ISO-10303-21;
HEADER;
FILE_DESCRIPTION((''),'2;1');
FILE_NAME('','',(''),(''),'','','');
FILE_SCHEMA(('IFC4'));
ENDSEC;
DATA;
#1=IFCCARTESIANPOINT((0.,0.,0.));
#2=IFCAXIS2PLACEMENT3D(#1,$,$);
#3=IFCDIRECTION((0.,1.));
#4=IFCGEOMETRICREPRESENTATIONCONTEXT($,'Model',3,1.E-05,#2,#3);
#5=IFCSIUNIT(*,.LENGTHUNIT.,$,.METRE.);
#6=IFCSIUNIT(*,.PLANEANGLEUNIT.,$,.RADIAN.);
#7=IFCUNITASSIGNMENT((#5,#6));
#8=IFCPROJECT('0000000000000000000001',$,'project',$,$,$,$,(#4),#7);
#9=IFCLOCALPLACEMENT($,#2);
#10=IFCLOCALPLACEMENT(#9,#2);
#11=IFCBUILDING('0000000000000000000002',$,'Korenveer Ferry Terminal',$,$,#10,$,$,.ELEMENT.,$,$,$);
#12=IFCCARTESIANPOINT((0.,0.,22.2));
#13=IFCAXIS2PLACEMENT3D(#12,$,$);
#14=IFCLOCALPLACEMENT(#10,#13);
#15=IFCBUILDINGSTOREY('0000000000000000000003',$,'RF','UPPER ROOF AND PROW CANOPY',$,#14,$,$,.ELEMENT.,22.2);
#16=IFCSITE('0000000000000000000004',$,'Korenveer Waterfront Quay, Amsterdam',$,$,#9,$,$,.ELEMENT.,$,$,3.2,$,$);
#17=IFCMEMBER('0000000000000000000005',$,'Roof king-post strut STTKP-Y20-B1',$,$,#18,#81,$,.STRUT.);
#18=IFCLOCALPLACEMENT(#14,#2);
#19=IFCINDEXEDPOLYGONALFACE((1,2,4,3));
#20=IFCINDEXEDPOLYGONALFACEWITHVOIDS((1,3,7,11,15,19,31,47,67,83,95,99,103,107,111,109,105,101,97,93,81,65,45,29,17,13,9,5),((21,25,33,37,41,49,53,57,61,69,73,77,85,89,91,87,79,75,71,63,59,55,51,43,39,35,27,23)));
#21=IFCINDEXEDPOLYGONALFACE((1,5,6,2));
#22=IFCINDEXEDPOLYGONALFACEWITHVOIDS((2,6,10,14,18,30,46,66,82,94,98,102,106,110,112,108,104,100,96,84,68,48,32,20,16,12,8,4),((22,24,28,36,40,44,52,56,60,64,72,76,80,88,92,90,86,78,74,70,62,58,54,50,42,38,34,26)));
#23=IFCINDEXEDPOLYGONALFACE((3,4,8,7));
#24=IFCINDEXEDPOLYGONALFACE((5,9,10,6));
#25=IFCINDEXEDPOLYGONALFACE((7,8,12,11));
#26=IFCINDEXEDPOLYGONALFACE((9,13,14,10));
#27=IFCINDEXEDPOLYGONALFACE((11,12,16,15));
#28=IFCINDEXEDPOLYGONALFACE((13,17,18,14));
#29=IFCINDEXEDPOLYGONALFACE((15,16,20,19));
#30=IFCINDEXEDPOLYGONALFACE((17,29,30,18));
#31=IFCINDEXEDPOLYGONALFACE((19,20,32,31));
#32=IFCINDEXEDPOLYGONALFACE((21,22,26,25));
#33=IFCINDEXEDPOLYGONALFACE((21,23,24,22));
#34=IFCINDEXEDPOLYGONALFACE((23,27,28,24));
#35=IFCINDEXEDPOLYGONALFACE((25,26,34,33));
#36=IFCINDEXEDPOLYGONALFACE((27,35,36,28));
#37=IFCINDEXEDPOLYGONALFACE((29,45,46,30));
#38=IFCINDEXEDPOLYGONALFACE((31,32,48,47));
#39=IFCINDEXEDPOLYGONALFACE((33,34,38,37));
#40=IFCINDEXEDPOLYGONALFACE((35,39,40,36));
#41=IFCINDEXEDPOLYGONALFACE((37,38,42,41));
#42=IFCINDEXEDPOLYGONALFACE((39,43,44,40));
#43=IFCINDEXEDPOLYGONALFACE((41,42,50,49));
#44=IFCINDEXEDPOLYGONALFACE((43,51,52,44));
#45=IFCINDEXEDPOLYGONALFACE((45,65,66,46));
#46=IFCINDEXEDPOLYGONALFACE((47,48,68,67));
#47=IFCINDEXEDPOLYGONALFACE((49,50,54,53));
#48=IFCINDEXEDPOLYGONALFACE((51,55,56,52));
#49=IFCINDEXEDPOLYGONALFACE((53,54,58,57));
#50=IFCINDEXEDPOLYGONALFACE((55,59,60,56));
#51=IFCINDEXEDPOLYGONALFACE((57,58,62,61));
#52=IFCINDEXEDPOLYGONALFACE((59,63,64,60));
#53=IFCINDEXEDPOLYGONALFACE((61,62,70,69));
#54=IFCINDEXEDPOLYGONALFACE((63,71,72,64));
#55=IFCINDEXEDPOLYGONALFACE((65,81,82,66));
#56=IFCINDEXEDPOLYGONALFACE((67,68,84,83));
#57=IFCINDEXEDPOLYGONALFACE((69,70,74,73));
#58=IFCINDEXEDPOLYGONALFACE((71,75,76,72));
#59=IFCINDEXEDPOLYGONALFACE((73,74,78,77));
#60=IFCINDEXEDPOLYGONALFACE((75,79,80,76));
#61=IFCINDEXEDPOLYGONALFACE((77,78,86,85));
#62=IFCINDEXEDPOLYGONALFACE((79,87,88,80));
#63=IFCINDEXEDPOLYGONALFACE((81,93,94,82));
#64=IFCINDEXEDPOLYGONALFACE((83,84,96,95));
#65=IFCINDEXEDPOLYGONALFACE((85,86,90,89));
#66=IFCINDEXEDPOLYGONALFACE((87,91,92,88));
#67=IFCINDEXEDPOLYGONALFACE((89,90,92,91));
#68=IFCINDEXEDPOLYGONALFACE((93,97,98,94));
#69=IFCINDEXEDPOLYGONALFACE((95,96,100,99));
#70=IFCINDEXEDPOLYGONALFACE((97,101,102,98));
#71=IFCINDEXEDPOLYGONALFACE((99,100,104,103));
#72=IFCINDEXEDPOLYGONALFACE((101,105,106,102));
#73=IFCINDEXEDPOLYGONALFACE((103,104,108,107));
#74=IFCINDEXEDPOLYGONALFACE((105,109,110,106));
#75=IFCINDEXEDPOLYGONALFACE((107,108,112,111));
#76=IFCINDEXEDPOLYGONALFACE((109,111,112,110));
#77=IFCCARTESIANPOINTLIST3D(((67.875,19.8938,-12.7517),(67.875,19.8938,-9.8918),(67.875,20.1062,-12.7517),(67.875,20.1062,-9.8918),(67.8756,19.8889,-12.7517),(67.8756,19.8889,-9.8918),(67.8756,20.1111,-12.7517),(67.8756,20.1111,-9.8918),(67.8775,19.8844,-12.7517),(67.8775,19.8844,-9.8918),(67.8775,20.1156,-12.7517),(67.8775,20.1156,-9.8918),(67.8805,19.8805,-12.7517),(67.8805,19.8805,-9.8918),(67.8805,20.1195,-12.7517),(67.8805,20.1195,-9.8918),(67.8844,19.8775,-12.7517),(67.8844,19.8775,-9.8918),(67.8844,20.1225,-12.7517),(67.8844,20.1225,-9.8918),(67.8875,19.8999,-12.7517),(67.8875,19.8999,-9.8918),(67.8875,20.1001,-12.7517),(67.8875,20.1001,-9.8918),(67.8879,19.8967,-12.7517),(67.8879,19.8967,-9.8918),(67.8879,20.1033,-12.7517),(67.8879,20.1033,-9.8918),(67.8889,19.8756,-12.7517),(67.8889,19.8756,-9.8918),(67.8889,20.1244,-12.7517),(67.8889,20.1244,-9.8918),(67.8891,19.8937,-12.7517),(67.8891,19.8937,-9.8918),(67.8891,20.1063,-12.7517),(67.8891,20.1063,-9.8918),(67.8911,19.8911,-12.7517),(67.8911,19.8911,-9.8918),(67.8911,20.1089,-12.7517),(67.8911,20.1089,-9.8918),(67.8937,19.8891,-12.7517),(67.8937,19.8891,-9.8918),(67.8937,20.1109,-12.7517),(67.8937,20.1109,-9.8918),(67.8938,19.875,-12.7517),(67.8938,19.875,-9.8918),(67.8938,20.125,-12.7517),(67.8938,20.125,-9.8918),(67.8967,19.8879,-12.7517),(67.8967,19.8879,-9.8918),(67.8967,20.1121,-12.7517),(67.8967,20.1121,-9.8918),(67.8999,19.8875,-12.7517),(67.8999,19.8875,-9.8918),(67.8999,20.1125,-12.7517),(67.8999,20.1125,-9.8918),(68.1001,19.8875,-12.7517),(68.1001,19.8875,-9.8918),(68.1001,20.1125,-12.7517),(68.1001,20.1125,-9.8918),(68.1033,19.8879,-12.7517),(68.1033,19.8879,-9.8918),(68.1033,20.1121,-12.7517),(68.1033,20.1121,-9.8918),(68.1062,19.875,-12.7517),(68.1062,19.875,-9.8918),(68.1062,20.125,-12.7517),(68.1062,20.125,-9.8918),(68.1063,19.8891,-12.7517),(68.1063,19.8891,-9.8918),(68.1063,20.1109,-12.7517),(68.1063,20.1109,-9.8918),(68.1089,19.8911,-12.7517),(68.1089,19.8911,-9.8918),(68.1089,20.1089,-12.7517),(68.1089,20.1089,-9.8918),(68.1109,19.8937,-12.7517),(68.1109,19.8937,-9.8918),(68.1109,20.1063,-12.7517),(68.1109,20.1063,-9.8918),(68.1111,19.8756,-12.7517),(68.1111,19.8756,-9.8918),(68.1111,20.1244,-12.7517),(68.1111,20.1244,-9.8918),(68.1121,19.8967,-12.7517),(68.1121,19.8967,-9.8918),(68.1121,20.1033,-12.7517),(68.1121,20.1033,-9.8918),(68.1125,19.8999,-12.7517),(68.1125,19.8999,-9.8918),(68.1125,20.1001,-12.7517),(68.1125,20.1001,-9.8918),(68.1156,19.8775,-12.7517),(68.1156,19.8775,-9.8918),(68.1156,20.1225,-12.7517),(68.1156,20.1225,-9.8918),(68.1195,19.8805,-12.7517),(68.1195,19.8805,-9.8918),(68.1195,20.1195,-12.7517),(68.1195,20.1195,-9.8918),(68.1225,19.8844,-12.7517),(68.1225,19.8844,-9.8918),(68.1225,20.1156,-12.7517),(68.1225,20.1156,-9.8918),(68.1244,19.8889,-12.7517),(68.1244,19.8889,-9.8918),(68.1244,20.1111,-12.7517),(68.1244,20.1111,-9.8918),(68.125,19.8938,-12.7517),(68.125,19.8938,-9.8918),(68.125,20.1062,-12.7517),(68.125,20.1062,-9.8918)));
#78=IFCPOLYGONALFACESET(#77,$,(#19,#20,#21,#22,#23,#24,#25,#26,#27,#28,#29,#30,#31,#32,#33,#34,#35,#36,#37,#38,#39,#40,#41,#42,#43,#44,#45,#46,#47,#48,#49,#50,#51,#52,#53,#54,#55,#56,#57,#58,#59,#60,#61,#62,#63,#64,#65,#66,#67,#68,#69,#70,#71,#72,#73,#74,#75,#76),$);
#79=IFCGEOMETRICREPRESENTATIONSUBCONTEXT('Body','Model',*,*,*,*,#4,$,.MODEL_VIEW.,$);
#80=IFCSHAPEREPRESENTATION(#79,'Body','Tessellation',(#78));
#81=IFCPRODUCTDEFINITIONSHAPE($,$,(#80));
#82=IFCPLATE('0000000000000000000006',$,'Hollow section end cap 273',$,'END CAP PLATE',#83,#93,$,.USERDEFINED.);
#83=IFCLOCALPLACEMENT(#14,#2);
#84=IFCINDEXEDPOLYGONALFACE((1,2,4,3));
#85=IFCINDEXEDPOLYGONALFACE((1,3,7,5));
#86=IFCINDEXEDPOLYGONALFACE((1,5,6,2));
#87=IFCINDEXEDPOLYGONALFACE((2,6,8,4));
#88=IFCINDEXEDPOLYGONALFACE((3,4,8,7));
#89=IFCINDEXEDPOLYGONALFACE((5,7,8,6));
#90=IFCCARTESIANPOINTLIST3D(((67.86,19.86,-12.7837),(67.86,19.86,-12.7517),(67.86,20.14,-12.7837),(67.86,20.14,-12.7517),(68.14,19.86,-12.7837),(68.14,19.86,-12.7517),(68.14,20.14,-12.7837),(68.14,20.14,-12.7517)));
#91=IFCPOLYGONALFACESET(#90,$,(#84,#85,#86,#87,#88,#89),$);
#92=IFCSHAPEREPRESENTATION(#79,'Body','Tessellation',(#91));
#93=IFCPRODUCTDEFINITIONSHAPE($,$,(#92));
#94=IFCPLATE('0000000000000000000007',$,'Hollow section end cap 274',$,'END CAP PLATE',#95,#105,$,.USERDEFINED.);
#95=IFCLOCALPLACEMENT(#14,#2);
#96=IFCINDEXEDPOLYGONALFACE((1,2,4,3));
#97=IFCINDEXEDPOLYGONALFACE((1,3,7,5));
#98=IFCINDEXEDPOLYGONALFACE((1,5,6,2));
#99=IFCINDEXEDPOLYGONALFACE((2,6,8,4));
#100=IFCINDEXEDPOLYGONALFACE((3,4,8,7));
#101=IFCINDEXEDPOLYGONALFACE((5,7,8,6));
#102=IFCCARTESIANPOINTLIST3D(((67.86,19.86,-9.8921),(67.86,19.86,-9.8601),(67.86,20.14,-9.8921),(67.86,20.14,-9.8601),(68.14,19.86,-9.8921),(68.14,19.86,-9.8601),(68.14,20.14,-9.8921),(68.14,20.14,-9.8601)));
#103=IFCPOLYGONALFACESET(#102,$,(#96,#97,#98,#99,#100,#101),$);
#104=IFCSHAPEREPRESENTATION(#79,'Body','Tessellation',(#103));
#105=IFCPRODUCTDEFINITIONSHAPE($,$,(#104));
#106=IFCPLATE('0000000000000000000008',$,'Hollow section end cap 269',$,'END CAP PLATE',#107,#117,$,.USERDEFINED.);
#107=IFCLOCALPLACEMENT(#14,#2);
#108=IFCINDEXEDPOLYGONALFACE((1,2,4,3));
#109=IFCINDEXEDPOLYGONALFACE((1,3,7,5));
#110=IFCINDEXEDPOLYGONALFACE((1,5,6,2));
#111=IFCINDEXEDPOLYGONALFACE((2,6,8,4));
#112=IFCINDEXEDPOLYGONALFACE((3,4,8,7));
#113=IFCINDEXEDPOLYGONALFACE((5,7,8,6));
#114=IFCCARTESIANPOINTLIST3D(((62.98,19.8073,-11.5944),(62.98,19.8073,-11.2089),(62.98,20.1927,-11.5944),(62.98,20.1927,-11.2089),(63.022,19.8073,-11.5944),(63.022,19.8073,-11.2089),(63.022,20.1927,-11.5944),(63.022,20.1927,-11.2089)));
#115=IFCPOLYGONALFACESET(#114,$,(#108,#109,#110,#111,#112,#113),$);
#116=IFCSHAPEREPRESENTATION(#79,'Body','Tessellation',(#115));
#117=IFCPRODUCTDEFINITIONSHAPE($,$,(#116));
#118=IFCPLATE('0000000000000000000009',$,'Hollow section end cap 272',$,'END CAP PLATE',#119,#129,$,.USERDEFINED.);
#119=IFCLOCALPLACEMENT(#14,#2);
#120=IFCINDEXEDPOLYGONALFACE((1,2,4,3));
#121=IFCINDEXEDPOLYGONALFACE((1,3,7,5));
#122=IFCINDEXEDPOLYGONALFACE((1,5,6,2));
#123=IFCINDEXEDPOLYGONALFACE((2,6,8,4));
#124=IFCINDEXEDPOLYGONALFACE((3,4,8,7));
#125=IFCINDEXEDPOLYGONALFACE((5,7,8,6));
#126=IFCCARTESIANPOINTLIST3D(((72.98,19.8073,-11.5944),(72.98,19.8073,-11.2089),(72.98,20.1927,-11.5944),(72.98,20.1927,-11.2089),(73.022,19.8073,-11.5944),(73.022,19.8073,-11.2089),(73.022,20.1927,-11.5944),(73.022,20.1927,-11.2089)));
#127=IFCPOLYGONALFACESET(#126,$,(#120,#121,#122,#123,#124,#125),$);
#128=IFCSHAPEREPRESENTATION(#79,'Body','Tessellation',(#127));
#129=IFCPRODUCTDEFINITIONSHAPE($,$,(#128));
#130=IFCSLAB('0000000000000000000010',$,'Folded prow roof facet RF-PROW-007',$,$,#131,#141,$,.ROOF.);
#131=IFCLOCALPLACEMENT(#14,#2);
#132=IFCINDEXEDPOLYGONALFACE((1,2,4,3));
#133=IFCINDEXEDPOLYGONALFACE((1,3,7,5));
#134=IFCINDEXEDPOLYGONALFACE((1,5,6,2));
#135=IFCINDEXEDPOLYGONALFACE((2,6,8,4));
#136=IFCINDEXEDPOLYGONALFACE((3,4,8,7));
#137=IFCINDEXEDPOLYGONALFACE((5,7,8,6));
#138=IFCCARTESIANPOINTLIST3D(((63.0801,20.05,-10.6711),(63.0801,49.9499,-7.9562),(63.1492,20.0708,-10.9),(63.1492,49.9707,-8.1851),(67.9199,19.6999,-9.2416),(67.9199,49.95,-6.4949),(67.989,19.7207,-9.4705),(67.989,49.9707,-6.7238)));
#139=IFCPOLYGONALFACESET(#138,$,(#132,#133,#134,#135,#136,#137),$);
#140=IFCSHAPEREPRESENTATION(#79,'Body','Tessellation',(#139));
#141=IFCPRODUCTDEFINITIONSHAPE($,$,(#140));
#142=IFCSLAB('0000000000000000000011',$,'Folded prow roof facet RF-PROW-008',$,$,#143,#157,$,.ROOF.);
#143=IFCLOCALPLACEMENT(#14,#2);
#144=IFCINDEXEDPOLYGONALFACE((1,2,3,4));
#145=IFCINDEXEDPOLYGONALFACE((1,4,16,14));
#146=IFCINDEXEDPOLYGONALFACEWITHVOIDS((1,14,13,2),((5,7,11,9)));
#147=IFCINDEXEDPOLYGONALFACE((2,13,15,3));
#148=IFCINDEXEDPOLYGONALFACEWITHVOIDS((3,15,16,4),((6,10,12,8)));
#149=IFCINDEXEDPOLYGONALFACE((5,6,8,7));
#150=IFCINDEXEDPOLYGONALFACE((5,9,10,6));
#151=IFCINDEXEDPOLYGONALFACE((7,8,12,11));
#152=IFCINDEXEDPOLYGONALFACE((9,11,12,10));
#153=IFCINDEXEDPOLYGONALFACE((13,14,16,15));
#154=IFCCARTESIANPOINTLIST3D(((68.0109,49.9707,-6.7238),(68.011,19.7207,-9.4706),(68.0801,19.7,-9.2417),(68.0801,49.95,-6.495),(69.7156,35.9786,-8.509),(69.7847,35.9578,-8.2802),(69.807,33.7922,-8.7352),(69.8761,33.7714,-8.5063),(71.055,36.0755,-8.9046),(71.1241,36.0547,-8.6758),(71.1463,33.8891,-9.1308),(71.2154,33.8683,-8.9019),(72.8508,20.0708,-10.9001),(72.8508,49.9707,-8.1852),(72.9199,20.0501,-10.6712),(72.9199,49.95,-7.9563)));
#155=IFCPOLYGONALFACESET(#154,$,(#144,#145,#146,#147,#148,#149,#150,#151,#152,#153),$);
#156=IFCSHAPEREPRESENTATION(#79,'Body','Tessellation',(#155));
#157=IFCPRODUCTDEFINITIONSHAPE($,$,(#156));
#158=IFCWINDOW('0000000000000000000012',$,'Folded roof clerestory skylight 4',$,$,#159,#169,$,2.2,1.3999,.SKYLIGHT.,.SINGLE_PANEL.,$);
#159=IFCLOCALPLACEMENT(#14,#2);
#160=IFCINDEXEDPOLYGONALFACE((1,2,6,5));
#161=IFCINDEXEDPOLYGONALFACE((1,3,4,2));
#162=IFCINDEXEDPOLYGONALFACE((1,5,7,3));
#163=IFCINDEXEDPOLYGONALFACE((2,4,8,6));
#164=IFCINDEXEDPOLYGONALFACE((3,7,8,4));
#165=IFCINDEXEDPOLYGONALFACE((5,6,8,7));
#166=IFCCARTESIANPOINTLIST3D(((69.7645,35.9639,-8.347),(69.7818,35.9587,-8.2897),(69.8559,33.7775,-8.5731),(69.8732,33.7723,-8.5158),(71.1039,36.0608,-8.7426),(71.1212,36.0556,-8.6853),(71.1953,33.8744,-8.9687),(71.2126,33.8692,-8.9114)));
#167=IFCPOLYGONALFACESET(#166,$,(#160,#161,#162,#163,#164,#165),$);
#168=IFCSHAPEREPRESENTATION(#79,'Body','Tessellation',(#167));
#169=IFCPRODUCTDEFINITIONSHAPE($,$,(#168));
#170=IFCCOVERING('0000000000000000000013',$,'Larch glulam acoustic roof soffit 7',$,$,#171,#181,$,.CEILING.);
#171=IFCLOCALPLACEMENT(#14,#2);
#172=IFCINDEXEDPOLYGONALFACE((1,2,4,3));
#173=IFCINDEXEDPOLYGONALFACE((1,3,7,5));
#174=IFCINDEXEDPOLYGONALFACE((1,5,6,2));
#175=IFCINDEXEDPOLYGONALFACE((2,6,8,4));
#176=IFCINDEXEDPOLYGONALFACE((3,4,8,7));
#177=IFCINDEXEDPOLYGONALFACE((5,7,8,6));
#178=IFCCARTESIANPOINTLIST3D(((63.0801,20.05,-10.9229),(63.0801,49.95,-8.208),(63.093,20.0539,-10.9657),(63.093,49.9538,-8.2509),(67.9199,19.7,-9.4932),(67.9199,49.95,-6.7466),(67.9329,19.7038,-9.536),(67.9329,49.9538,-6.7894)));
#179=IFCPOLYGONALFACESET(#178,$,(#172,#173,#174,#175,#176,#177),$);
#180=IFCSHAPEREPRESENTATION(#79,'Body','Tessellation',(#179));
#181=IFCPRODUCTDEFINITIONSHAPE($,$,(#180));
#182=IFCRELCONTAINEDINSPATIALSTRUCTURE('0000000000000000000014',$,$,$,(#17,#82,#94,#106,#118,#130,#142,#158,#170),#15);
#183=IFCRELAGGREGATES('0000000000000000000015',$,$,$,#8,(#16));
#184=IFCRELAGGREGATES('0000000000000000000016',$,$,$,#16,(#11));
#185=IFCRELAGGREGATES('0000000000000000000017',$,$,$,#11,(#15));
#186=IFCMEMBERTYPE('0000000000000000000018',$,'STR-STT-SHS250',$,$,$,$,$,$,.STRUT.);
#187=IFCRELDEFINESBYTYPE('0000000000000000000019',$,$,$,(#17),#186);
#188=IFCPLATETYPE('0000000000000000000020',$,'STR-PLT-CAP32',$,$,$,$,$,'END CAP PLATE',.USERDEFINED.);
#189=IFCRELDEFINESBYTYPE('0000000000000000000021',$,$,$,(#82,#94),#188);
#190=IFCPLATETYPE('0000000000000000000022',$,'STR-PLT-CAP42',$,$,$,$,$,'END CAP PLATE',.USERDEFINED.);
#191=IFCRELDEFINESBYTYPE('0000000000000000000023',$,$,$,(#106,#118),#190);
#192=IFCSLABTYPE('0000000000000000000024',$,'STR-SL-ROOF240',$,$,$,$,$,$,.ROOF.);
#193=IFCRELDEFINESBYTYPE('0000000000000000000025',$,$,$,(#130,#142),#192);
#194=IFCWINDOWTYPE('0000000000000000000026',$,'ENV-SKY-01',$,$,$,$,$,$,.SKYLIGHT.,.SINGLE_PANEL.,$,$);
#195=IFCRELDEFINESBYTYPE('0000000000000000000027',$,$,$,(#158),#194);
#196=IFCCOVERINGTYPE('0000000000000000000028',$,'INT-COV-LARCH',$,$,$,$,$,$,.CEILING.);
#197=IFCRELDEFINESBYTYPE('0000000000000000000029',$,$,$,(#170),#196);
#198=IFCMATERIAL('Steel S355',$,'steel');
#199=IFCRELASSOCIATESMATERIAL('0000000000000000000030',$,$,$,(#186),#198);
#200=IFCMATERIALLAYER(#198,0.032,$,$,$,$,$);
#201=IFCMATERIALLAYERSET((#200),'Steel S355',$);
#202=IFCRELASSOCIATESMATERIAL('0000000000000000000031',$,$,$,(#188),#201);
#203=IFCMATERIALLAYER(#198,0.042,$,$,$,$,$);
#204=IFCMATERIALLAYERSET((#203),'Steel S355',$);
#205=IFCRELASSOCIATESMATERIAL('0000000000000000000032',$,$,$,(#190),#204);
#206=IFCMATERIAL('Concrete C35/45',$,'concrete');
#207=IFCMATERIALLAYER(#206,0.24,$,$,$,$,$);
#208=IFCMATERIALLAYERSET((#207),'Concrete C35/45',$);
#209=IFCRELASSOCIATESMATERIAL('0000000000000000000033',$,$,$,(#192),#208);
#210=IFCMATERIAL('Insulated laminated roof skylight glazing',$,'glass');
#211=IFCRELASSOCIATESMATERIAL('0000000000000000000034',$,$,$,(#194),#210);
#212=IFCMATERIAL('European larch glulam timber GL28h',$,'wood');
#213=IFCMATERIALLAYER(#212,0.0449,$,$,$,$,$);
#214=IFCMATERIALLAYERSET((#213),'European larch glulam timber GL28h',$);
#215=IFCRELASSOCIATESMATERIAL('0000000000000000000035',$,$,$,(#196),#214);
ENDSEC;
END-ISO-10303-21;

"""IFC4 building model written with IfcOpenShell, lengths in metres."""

from ifc_helpers import new_model, si_unit, direction, frame, origin, origin_2d, place, context, subcontext, project, spatial, polyline, rectangle, hollow_rectangle, outline, extrude, material, layer, layer_set, material_profile, profile_set, type_object, element, fill, save


model = new_model("IFC4")

# Units and contexts
model_context = context("Model", 3, precision=1e-05, world=origin(), true_north=direction((0.0, 1.0)))
body_context = subcontext(model_context, "Body", "Model", "MODEL_VIEW")
ifc_project = project(units=[si_unit("LENGTHUNIT", "METRE"), si_unit("PLANEANGLEUNIT", "RADIAN")], contexts=[model_context])

# Site, building, storey
site_placement = place(None, origin())
site = spatial("IfcSite", under=ifc_project, at=site_placement, Name="Korenveer Waterfront Quay, Amsterdam", CompositionType="ELEMENT", RefElevation=3.2)
building_placement = place(site_placement, origin())
building = spatial("IfcBuilding", under=site, at=building_placement, Name="Korenveer Ferry Terminal", CompositionType="ELEMENT")
storey_placement = place(building_placement, frame((0.0, 0.0, 22.2)))
storey = spatial("IfcBuildingStorey", under=building, at=storey_placement, Name="RF", Description="UPPER ROOF AND PROW CANOPY", CompositionType="ELEMENT", Elevation=22.2)

# Shared definitions
ifc_material_1 = material(Name="Steel S355", Category="steel")

# Member
ifc_material_profile_1 = material_profile(ifc_material_1, hollow_rectangle(XDim=0.25, YDim=0.25, WallThickness=0.0125, InnerFilletRadius=0.0125, OuterFilletRadius=0.0188, at=origin_2d()), Name="SHS 250x250x12.5")
ifc_profile_set_1 = profile_set([ifc_material_profile_1], Name="Steel S355")
member_type_1 = type_object("IfcMemberType", Name="STR-STT-SHS250", PredefinedType="STRUT", material=ifc_profile_set_1)
member_1_placement = place(storey_placement, frame((68.0, 20.0, -12.7517), z_axis=(0.0, 0.0, 1.0), x_axis=(1.0, 0.0, 0.0)))
element("IfcMember", 1, at=member_1_placement, inside=storey, type_object=member_type_1, Name="Roof king-post strut STTKP-Y20-B1", PredefinedType="STRUT", context=body_context, shape_type="SweptSolid", body=[
    extrude(hollow_rectangle(XDim=0.25, YDim=0.25, WallThickness=0.0125, InnerFilletRadius=0.0125, OuterFilletRadius=0.0188, at=origin_2d()), origin(), (0.0, 0.0, 1.0), 2.8599),
])

# Plates
ifc_layer_1 = layer(ifc_material_1, 0.032)
ifc_layer_set_1 = layer_set([ifc_layer_1], Name="Steel S355")
plate_type_1 = type_object("IfcPlateType", Name="STR-PLT-CAP32", ElementType="END CAP PLATE", PredefinedType="USERDEFINED", material=ifc_layer_set_1)
for number, where, z_axis, x_axis, name in (
    (2, (68.0, 20.0, -12.7837), (0.0, 0.0, 1.0), (1.0, 0.0, 0.0), "Hollow section end cap 273"),
    (3, (68.0, 20.0, -9.8921), (0.0, 0.0, 1.0), (1.0, 0.0, 0.0), "Hollow section end cap 274"),
):
    element("IfcPlate", number, at=place(storey_placement, frame(where, z_axis=z_axis, x_axis=x_axis)), inside=storey, type_object=plate_type_1, Name=name, ObjectType="END CAP PLATE", PredefinedType="USERDEFINED", context=body_context, shape_type="SweptSolid", body=[
        extrude(rectangle(XDim=0.28, YDim=0.28, at=origin_2d()), origin(), (0.0, 0.0, 1.0), 0.032),
    ])
ifc_layer_2 = layer(ifc_material_1, 0.042)
ifc_layer_set_2 = layer_set([ifc_layer_2], Name="Steel S355")
plate_type_2 = type_object("IfcPlateType", Name="STR-PLT-CAP42", ElementType="END CAP PLATE", PredefinedType="USERDEFINED", material=ifc_layer_set_2)
for number, where, z_axis, x_axis, name in (
    (4, (62.98, 20.0, -11.4016), (1.0, 0.0, 0.0), (0.0, 1.0, 0.0), "Hollow section end cap 269"),
    (5, (72.98, 20.0, -11.4016), (1.0, 0.0, 0.0), (0.0, 1.0, 0.0), "Hollow section end cap 272"),
):
    element("IfcPlate", number, at=place(storey_placement, frame(where, z_axis=z_axis, x_axis=x_axis)), inside=storey, type_object=plate_type_2, Name=name, ObjectType="END CAP PLATE", PredefinedType="USERDEFINED", context=body_context, shape_type="SweptSolid", body=[
        extrude(rectangle(XDim=0.3855, YDim=0.3855, at=origin_2d()), origin(), (0.0, 0.0, 1.0), 0.042),
    ])

# Slab
ifc_material_2 = material(Name="Concrete C35/45", Category="concrete")
ifc_layer_3 = layer(ifc_material_2, 0.24)
ifc_layer_set_3 = layer_set([ifc_layer_3], Name="Concrete C35/45")
slab_type = type_object("IfcSlabType", Name="STR-SL-ROOF240", PredefinedType="ROOF", material=ifc_layer_set_3)
slab_1_placement = place(storey_placement, frame((63.0801, 20.05, -10.6711), z_axis=(-0.287963, -0.086599, 0.953718), x_axis=(0.95674, -0.069209, 0.282591)))
element("IfcSlab", 6, at=slab_1_placement, inside=storey, type_object=slab_type, Name="Folded prow roof facet RF-PROW-007", PredefinedType="ROOF", context=body_context, shape_type="SweptSolid", body=[
    extrude(outline(polyline([(0.0, 0.0), (5.0587, 0.0), (3.7413, 30.3459), (-1.3022, 29.9946), (0.0, 0.0)])), origin(), (0.0, 0.0, -1.0), 0.24),
])

# Slab, opening, window
slab_2_placement = place(storey_placement, frame((68.0801, 19.7, -9.2417), z_axis=(0.287963, -0.086599, 0.953718), x_axis=(0.95674, 0.069209, -0.282591)))
slab_2 = element("IfcSlab", 7, at=slab_2_placement, inside=storey, type_object=slab_type, Name="Folded prow roof facet RF-PROW-008", PredefinedType="ROOF", context=body_context, shape_type="SweptSolid", body=[
    extrude(outline(polyline([(0.0, 0.0), (5.0587, 0.0), (6.3608, 29.9946), (1.3174, 30.3459), (0.0, 0.0)])), origin(), (0.0, 0.0, -1.0), 0.24),
])
opening_placement = place(slab_2_placement, frame((3.1843, 15.0857, 0.01)))
opening = element("IfcOpeningElement", 8, at=opening_placement, cuts=slab_2, PredefinedType="OPENING", context=body_context, shape_type="SweptSolid", body=[
    extrude(rectangle(XDim=1.3999, YDim=2.2, at=origin_2d()), origin(), (0.0, 0.0, -1.0), 0.26),
])
ifc_material_3 = material(Name="Insulated laminated roof skylight glazing", Category="glass")
window_type = type_object("IfcWindowType", Name="ENV-SKY-01", PartitioningType="SINGLE_PANEL", PredefinedType="SKYLIGHT", material=ifc_material_3)
window_placement = place(slab_2_placement, frame((3.1843, 15.0857, -0.01)))
window = element("IfcWindow", 9, at=window_placement, inside=storey, type_object=window_type, Name="Folded roof clerestory skylight 4", OverallHeight=2.2, OverallWidth=1.3999, PartitioningType="SINGLE_PANEL", PredefinedType="SKYLIGHT", context=body_context, shape_type="SweptSolid", body=[
    extrude(rectangle(XDim=1.3999, YDim=2.2, at=origin_2d()), origin(), (0.0, 0.0, -1.0), 0.0601),
])
fill(opening, window)

# Covering
ifc_material_4 = material(Name="European larch glulam timber GL28h", Category="wood")
ifc_layer_4 = layer(ifc_material_4, 0.0449)
ifc_layer_set_4 = layer_set([ifc_layer_4], Name="European larch glulam timber GL28h")
covering_type_1 = type_object("IfcCoveringType", Name="INT-COV-LARCH", PredefinedType="CEILING", material=ifc_layer_set_4)
covering_1_placement = place(storey_placement, frame((63.0801, 20.05, -10.9229), z_axis=(-0.287985, -0.086594, 0.953712), x_axis=(0.956734, -0.069206, 0.282614)))
element("IfcCovering", 10, at=covering_1_placement, inside=storey, type_object=covering_type_1, Name="Larch glulam acoustic roof soffit 7", PredefinedType="CEILING", context=body_context, shape_type="SweptSolid", body=[
    extrude(outline(polyline([(0.0, 0.0), (5.0587, 0.0), (3.7415, 30.3459), (-1.302, 29.9947), (0.0, 0.0)])), origin(), (0.0, 0.0, -1.0), 0.0449),
])

save(model, "model.ifc")
